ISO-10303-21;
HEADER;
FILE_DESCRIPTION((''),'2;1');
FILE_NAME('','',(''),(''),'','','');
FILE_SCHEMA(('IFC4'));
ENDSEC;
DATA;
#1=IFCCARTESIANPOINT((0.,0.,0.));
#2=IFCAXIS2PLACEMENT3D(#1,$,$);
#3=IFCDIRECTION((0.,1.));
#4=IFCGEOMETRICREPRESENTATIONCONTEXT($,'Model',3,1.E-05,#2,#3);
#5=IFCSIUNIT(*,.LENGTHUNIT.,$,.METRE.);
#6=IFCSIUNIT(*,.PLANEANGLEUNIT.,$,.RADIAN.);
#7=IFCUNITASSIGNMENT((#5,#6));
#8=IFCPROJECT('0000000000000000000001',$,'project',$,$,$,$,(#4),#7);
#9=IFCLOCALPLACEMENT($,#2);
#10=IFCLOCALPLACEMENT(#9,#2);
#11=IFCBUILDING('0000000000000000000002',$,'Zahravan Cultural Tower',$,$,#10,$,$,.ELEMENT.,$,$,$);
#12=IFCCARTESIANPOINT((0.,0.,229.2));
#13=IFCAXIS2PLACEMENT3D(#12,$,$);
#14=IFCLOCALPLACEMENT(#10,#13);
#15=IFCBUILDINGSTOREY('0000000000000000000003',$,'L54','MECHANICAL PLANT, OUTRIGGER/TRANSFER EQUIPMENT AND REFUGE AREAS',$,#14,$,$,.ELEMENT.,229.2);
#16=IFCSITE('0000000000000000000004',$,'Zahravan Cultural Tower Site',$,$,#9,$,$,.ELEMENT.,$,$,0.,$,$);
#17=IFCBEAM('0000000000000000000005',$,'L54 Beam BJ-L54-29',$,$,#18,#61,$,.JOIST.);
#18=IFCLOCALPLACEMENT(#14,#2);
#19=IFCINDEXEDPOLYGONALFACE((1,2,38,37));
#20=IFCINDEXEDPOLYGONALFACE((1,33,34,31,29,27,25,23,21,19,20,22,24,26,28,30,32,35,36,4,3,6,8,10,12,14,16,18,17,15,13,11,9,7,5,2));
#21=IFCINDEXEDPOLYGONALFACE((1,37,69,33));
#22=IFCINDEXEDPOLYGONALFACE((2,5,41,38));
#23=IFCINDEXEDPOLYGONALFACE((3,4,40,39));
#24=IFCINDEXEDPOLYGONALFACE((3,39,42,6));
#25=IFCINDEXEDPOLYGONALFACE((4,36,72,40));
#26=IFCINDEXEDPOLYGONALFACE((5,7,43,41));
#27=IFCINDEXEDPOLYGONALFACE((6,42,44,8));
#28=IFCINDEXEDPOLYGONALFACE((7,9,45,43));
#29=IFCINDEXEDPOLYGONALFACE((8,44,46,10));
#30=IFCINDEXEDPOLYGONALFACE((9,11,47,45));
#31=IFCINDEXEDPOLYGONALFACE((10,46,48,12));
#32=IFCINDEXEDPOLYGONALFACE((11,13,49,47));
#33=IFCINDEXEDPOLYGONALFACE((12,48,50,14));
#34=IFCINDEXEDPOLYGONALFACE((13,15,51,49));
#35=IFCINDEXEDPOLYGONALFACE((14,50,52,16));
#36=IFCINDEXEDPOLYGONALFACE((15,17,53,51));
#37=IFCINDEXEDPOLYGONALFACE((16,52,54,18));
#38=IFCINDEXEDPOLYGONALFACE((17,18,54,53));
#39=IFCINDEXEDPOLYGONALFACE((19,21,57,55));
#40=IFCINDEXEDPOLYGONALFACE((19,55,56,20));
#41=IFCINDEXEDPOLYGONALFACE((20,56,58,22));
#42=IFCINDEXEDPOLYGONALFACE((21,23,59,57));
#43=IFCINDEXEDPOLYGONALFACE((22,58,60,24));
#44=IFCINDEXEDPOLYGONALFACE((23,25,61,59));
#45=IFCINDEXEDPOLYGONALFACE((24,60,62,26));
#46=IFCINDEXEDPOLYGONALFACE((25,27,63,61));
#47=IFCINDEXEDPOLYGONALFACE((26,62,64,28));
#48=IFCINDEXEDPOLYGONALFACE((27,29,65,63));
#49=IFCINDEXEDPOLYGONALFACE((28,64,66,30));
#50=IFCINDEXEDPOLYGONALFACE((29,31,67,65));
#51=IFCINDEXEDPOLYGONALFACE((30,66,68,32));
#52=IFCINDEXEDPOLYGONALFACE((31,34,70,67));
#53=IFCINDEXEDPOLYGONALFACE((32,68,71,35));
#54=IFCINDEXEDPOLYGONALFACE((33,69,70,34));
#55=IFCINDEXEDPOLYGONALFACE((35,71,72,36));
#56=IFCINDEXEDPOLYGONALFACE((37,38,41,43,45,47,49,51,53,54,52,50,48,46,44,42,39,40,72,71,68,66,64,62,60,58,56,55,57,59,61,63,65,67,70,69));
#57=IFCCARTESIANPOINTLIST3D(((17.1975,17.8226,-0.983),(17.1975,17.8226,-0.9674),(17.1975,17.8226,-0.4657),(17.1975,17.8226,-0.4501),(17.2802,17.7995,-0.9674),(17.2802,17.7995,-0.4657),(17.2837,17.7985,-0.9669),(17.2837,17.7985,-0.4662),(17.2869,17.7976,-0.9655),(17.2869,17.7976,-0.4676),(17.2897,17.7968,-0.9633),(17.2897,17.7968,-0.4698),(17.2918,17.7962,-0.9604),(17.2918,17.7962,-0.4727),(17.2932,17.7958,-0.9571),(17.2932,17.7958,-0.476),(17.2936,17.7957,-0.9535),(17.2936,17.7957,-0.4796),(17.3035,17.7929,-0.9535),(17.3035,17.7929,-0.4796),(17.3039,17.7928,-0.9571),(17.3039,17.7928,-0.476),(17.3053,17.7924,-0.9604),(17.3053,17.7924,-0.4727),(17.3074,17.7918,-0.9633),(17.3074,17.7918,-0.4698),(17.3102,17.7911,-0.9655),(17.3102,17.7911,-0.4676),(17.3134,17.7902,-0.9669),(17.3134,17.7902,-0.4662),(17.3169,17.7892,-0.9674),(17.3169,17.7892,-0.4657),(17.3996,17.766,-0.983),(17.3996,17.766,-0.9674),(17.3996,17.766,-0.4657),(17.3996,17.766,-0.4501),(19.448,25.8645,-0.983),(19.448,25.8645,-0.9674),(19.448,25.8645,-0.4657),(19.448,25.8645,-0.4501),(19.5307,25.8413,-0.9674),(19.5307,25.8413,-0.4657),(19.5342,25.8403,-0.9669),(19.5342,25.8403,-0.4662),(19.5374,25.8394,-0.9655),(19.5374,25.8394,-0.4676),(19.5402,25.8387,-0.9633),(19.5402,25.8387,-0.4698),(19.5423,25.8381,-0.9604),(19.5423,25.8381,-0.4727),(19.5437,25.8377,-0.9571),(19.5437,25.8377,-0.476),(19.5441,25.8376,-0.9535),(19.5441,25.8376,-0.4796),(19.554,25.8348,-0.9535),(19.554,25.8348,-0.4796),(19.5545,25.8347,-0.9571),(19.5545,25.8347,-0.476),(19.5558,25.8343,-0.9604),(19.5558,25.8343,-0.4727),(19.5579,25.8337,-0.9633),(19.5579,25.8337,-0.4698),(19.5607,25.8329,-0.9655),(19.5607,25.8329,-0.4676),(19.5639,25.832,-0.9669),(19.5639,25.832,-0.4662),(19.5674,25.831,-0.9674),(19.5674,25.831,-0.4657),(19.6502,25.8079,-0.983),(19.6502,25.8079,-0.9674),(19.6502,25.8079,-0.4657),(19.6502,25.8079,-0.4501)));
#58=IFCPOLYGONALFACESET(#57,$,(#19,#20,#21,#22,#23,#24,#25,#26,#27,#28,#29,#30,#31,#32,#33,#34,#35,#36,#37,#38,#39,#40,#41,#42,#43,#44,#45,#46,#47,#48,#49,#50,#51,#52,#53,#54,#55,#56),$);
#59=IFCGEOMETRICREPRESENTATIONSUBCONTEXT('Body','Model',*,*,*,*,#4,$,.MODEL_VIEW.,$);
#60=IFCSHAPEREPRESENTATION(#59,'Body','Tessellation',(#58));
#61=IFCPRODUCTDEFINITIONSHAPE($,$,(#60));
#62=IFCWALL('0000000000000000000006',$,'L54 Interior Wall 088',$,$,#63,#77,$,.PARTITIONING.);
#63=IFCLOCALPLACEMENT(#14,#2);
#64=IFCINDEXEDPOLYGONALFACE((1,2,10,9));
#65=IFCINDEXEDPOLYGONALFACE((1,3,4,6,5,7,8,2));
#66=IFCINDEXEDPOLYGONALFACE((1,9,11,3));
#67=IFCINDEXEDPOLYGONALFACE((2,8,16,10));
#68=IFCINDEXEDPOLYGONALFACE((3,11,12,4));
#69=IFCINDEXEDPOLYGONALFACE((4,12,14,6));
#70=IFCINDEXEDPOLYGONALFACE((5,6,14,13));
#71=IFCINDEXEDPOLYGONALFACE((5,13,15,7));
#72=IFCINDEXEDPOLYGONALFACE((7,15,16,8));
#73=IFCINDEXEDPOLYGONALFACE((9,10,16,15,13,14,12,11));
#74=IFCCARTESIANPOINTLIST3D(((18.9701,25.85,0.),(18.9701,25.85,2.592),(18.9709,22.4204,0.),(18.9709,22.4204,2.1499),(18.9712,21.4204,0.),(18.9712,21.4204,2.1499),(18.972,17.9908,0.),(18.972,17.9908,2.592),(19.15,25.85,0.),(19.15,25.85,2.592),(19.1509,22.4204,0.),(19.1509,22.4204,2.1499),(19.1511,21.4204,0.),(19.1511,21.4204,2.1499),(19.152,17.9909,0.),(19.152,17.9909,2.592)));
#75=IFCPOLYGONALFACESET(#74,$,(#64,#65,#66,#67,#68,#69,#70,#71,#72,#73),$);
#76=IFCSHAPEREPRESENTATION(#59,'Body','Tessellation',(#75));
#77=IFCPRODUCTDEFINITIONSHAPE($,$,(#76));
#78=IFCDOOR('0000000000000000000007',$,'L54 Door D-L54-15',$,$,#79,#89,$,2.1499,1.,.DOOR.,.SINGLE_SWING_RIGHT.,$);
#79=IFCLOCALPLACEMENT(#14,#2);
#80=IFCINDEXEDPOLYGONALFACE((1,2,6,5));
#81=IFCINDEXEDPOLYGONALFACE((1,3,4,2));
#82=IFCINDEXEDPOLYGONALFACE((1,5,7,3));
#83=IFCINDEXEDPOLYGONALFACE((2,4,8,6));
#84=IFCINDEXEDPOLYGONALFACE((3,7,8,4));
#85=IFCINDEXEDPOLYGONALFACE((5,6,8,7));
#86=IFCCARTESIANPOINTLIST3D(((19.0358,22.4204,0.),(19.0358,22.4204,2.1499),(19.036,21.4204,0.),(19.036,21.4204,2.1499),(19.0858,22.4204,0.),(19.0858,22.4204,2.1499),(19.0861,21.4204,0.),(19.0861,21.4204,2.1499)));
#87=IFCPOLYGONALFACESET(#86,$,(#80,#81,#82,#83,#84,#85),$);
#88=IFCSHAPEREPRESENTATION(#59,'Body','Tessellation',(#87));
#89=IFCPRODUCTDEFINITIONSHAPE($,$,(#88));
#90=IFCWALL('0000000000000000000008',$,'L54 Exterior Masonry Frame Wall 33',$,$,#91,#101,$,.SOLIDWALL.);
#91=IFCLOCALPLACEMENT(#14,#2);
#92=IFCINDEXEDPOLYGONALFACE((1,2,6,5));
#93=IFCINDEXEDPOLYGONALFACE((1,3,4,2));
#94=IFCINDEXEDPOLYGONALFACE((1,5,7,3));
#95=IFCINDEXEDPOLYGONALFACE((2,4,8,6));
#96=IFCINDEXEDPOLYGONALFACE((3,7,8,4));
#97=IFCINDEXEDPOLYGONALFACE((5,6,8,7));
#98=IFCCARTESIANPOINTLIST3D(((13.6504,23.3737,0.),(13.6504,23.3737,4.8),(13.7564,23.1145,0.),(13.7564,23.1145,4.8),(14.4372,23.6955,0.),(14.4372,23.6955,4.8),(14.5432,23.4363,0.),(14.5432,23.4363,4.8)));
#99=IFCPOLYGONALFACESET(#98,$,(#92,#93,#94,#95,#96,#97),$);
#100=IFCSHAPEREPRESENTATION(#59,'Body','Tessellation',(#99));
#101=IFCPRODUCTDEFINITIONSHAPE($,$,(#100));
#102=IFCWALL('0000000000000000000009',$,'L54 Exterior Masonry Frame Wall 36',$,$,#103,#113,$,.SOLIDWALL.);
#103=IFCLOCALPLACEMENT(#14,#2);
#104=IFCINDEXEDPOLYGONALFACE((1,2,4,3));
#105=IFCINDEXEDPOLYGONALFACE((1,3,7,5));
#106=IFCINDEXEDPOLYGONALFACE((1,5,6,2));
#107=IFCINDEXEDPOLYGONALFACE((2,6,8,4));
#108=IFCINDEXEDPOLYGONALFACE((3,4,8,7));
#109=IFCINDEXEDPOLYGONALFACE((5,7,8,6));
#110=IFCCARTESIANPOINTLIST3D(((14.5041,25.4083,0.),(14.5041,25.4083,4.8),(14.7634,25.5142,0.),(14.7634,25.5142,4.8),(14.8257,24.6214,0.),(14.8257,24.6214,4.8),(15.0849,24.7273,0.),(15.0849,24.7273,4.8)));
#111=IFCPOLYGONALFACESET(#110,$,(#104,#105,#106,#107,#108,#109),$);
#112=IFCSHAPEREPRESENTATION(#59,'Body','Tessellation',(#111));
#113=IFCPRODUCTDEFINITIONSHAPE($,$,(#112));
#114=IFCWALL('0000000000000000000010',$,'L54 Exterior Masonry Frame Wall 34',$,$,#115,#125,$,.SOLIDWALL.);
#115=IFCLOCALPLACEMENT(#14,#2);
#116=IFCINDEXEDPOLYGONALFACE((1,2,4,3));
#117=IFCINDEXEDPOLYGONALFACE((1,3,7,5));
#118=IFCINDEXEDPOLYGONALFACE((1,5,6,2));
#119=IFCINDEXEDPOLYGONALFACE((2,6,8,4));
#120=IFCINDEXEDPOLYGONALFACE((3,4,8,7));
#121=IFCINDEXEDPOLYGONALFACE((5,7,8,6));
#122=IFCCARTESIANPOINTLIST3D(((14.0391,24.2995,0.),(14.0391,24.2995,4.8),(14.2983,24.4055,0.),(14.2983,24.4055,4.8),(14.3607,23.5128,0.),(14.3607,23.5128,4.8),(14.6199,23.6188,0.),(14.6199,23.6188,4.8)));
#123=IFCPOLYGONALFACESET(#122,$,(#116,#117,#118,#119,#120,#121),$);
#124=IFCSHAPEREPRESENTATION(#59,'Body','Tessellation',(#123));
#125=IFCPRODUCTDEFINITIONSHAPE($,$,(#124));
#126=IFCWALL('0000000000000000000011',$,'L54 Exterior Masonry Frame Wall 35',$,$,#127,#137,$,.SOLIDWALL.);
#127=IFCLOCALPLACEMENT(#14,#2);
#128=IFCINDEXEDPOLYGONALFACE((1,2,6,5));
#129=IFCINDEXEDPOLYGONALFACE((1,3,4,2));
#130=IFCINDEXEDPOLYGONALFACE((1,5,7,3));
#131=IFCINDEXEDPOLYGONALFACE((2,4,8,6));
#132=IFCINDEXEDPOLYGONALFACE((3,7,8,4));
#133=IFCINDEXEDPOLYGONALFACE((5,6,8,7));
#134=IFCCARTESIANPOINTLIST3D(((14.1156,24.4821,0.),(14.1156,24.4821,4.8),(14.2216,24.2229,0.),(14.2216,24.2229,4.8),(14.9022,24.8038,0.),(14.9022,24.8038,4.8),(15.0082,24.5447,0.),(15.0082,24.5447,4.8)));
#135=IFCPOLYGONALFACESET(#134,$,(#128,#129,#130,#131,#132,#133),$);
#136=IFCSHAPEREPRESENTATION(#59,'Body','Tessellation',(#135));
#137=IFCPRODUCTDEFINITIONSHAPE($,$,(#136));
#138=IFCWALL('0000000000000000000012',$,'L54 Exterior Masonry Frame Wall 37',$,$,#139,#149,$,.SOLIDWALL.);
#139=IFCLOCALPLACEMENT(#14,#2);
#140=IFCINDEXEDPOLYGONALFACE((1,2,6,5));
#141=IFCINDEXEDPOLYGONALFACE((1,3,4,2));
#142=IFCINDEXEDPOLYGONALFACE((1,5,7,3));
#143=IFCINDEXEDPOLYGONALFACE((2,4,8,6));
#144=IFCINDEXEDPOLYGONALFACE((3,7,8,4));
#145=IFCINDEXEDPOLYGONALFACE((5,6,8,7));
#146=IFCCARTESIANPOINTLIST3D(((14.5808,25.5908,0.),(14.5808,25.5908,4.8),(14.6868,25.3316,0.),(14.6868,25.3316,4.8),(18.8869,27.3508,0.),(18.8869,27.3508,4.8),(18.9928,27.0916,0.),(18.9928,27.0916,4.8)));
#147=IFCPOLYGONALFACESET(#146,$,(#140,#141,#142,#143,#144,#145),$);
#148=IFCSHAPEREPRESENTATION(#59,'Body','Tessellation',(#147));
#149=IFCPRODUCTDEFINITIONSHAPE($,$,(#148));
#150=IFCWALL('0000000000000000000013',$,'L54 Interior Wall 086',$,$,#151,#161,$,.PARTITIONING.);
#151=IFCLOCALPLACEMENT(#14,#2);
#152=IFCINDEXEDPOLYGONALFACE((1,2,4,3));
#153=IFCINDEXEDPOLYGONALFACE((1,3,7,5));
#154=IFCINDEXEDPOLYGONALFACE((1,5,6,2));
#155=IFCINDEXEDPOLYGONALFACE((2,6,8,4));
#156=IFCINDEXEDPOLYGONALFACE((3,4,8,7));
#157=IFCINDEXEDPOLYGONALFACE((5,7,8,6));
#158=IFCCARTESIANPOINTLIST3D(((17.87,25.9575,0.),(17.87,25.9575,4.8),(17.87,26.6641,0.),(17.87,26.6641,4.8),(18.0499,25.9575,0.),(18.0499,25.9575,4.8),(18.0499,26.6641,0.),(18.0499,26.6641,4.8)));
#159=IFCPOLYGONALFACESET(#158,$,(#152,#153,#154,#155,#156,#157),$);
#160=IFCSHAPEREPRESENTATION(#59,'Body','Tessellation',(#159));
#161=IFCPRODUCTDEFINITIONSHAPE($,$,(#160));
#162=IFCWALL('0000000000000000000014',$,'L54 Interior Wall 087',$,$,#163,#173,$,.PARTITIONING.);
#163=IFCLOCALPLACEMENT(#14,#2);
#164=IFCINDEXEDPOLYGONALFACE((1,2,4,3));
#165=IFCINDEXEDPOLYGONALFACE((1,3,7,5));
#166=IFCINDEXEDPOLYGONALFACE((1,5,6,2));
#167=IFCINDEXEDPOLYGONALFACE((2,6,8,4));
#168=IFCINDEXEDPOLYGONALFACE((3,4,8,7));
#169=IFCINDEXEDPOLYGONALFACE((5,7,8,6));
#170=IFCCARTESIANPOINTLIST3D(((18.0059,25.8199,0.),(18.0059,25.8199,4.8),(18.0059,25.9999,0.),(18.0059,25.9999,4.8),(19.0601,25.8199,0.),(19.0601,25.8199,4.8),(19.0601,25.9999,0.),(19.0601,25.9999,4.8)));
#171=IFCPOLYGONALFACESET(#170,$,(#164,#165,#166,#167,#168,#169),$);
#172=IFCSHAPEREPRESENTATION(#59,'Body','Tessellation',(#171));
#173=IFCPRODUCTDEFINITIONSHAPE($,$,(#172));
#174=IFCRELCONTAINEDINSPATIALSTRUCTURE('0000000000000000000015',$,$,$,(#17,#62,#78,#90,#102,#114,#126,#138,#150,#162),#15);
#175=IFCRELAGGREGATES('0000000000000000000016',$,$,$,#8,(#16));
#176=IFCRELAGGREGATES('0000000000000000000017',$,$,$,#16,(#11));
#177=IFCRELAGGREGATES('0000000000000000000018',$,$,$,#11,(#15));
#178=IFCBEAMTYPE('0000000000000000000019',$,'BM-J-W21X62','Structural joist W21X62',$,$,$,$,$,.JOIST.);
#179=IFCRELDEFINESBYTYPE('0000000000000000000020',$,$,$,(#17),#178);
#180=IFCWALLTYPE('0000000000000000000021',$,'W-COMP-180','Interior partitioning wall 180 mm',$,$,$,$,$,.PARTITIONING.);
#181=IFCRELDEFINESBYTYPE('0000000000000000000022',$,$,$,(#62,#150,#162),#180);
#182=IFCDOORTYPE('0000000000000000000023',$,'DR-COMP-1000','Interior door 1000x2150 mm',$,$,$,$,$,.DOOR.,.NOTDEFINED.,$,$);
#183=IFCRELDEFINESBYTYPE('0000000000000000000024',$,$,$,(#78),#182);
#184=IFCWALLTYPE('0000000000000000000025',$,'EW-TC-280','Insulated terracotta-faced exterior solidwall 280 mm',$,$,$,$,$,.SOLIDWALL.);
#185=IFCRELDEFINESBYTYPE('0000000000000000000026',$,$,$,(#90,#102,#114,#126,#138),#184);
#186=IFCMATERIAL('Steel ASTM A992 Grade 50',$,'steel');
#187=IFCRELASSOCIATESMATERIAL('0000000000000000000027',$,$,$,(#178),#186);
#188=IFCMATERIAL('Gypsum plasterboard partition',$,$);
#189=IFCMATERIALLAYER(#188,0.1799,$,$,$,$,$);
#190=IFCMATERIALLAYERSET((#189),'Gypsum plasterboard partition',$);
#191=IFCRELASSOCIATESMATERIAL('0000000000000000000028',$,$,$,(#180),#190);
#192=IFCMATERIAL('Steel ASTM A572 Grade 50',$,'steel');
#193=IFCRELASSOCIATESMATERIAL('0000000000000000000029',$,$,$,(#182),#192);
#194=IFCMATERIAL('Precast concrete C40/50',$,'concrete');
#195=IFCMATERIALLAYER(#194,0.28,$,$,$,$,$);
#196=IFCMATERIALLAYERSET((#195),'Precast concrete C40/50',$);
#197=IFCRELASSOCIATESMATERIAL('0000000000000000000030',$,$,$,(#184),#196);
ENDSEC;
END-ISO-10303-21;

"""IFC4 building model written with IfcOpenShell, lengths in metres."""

from ifc_helpers import new_model, si_unit, direction, frame, frame_2d, origin, origin_2d, place, context, subcontext, project, spatial, rectangle, i_section, extrude, source, transform, mapped, material, layer, layer_set, material_profile, profile_set, type_object, element, fill, save


model = new_model("IFC4")

# Units and contexts
model_context = context("Model", 3, precision=1e-05, world=origin(), true_north=direction((0.0, 1.0)))
body_context = subcontext(model_context, "Body", "Model", "MODEL_VIEW")
ifc_project = project(units=[si_unit("LENGTHUNIT", "METRE"), si_unit("PLANEANGLEUNIT", "RADIAN")], contexts=[model_context])

# Site, building, storey
site_placement = place(None, origin())
site = spatial("IfcSite", under=ifc_project, at=site_placement, Name="Zahravan Cultural Tower Site", CompositionType="ELEMENT", RefElevation=0.0)
building_placement = place(site_placement, origin())
building = spatial("IfcBuilding", under=site, at=building_placement, Name="Zahravan Cultural Tower", CompositionType="ELEMENT")
storey_placement = place(building_placement, frame((0.0, 0.0, 229.2)))
storey = spatial("IfcBuildingStorey", under=building, at=storey_placement, Name="L54", Description="MECHANICAL PLANT, OUTRIGGER/TRANSFER EQUIPMENT AND REFUGE AREAS", CompositionType="ELEMENT", Elevation=229.2)

# Beam
ifc_material_1 = material(Name="Steel ASTM A992 Grade 50", Category="steel")
ifc_material_profile_1 = material_profile(ifc_material_1, i_section(OverallWidth=0.21, OverallDepth=0.533, WebThickness=0.0103, FlangeThickness=0.0156, FilletRadius=0.0139, at=origin_2d()), Name="W21X62")
ifc_profile_set_1 = profile_set([ifc_material_profile_1], Name="Steel ASTM A992 Grade 50")
beam_type_1 = type_object("IfcBeamType", Name="BM-J-W21X62", Description="Structural joist W21X62", PredefinedType="JOIST", material=ifc_profile_set_1)
shared_shape_1 = source(origin(), body_context, "Body", "SweptSolid", [
    extrude(i_section(OverallWidth=0.21, OverallDepth=0.533, WebThickness=0.0103, FlangeThickness=0.0156, FilletRadius=0.0139, at=origin_2d()), origin(), (0.0, 0.0, 1.0), 8.3508),
])
beam_1_placement = place(storey_placement, frame((19.5491, 25.8362, -0.7166), z_axis=(-0.269497, -0.963001, 0.0), x_axis=(0.963001, -0.269497, 0.0)))
element("IfcBeam", 1, at=beam_1_placement, inside=storey, type_object=beam_type_1, Name="L54 Beam BJ-L54-29", PredefinedType="JOIST", context=body_context, shape_type="MappedRepresentation", body=[
    mapped(shared_shape_1, transform((0.0, 0.0, 0.0), x_axis=(1.0, 0.0, 0.0), y_axis=(0.0, 1.0, 0.0), z_axis=(0.0, 0.0, 1.0), scale=1.0)),
])

# Wall, opening, door
ifc_material_2 = material(Name="Gypsum plasterboard partition")
ifc_layer_1 = layer(ifc_material_2, 0.1799)
ifc_layer_set_1 = layer_set([ifc_layer_1], Name="Gypsum plasterboard partition")
wall_type_1 = type_object("IfcWallType", Name="W-COMP-180", Description="Interior partitioning wall 180 mm", PredefinedType="PARTITIONING", material=ifc_layer_set_1)
wall_1_placement = place(storey_placement, frame((19.0601, 25.8501, 0.0), z_axis=(0.0, 0.0, 1.0), x_axis=(0.000249, -1.0, 0.0)))
wall_1 = element("IfcWall", 2, at=wall_1_placement, inside=storey, type_object=wall_type_1, Name="L54 Interior Wall 088", PredefinedType="PARTITIONING", context=body_context, shape_type="SweptSolid", body=[
    extrude(rectangle(XDim=7.8591, YDim=0.1799, at=frame_2d((3.9297, 0.0))), origin(), (0.0, 0.0, 1.0), 2.592),
])
opening_placement = place(wall_1_placement, frame((3.4297, 0.0, 0.0)))
opening = element("IfcOpeningElement", 3, at=opening_placement, cuts=wall_1, PredefinedType="OPENING", context=body_context, shape_type="SweptSolid", body=[
    extrude(rectangle(XDim=1.0, YDim=2.1499, at=frame_2d((0.5, 1.075))), frame((0.0, 0.0999, 0.0), z_axis=(0.0, -1.0, 0.0), x_axis=(1.0, 0.0, 0.0)), (0.0, 0.0, 1.0), 0.2),
])
ifc_material_3 = material(Name="Steel ASTM A572 Grade 50", Category="steel")
door_type = type_object("IfcDoorType", Name="DR-COMP-1000", Description="Interior door 1000x2150 mm", OperationType="NOTDEFINED", PredefinedType="DOOR", material=ifc_material_3)
shared_shape_2 = source(origin(), body_context, "Body", "SweptSolid", [
    extrude(rectangle(XDim=1.0, YDim=2.1499, at=frame_2d((0.5, 1.075))), frame((0.0, 0.0249, 0.0), z_axis=(0.0, -1.0, 0.0), x_axis=(1.0, 0.0, 0.0)), (0.0, 0.0, 1.0), 0.05),
])
door_placement = place(opening_placement, origin())
door = element("IfcDoor", 4, at=door_placement, inside=storey, type_object=door_type, Name="L54 Door D-L54-15", OperationType="SINGLE_SWING_RIGHT", OverallHeight=2.1499, OverallWidth=1.0, PredefinedType="DOOR", context=body_context, shape_type="MappedRepresentation", body=[
    mapped(shared_shape_2, transform((0.0, 0.0, 0.0), x_axis=(1.0, 0.0, 0.0), y_axis=(0.0, 1.0, 0.0), z_axis=(0.0, 0.0, 1.0), scale=1.0)),
])
fill(opening, door)

# Walls
ifc_material_4 = material(Name="Precast concrete C40/50", Category="concrete")
ifc_layer_2 = layer(ifc_material_4, 0.28)
ifc_layer_set_2 = layer_set([ifc_layer_2], Name="Precast concrete C40/50")
wall_type_2 = type_object("IfcWallType", Name="EW-TC-280", Description="Insulated terracotta-faced exterior solidwall 280 mm", PredefinedType="SOLIDWALL", material=ifc_layer_set_2)
shared_shape_3 = source(origin(), body_context, "Body", "SweptSolid", [
    extrude(rectangle(XDim=0.8501, YDim=0.28, at=frame_2d((0.425, 0.0))), origin(), (0.0, 0.0, 1.0), 4.8),
])
for number, where, z_axis, x_axis, name in (
    (5, (13.7034, 23.2441, 0.0), (0.0, 0.0, 1.0), (0.925597, 0.37851, 0.0), "L54 Exterior Masonry Frame Wall 33"),
    (6, (14.9553, 24.6743, 0.0), (0.0, 0.0, 1.0), (-0.378264, 0.925698, 0.0), "L54 Exterior Masonry Frame Wall 36"),
):
    element("IfcWall", number, at=place(storey_placement, frame(where, z_axis=z_axis, x_axis=x_axis)), inside=storey, type_object=wall_type_2, Name=name, PredefinedType="SOLIDWALL", context=body_context, shape_type="MappedRepresentation", body=[
        mapped(shared_shape_3, transform((0.0, 0.0, 0.0), x_axis=(1.0, 0.0, 0.0), y_axis=(0.0, 1.0, 0.0), z_axis=(0.0, 0.0, 1.0), scale=1.0)),
    ])
shared_shape_4 = source(origin(), body_context, "Body", "SweptSolid", [
    extrude(rectangle(XDim=0.8499, YDim=0.28, at=frame_2d((0.4248, 0.0))), origin(), (0.0, 0.0, 1.0), 4.8),
])
for number, where, z_axis, x_axis, name in (
    (7, (14.4902, 23.5659, 0.0), (0.0, 0.0, 1.0), (-0.378364, 0.925657, 0.0), "L54 Exterior Masonry Frame Wall 34"),
    (8, (14.1687, 24.3525, 0.0), (0.0, 0.0, 1.0), (0.925556, 0.37861, 0.0), "L54 Exterior Masonry Frame Wall 35"),
):
    element("IfcWall", number, at=place(storey_placement, frame(where, z_axis=z_axis, x_axis=x_axis)), inside=storey, type_object=wall_type_2, Name=name, PredefinedType="SOLIDWALL", context=body_context, shape_type="MappedRepresentation", body=[
        mapped(shared_shape_4, transform((0.0, 0.0, 0.0), x_axis=(1.0, 0.0, 0.0), y_axis=(0.0, 1.0, 0.0), z_axis=(0.0, 0.0, 1.0), scale=1.0)),
    ])
shared_shape_5 = source(origin(), body_context, "Body", "SweptSolid", [
    extrude(rectangle(XDim=4.6519, YDim=0.28, at=frame_2d((2.3259, 0.0))), origin(), (0.0, 0.0, 1.0), 4.8),
])
wall_2_placement = place(storey_placement, frame((14.6338, 25.4612, 0.0), z_axis=(0.0, 0.0, 1.0), x_axis=(0.925667, 0.378339, 0.0)))
element("IfcWall", 9, at=wall_2_placement, inside=storey, type_object=wall_type_2, Name="L54 Exterior Masonry Frame Wall 37", PredefinedType="SOLIDWALL", context=body_context, shape_type="MappedRepresentation", body=[
    mapped(shared_shape_5, transform((0.0, 0.0, 0.0), x_axis=(1.0, 0.0, 0.0), y_axis=(0.0, 1.0, 0.0), z_axis=(0.0, 0.0, 1.0), scale=1.0)),
])
shared_shape_6 = source(origin(), body_context, "Body", "SweptSolid", [
    extrude(rectangle(XDim=0.7065, YDim=0.1799, at=frame_2d((0.3533, 0.0))), origin(), (0.0, 0.0, 1.0), 4.8),
])
wall_3_placement = place(storey_placement, frame((17.96, 26.6641, 0.0), z_axis=(0.0, 0.0, 1.0), x_axis=(0.0, -1.0, 0.0)))
element("IfcWall", 10, at=wall_3_placement, inside=storey, type_object=wall_type_1, Name="L54 Interior Wall 086", PredefinedType="PARTITIONING", context=body_context, shape_type="MappedRepresentation", body=[
    mapped(shared_shape_6, transform((0.0, 0.0, 0.0), x_axis=(1.0, 0.0, 0.0), y_axis=(0.0, 1.0, 0.0), z_axis=(0.0, 0.0, 1.0), scale=1.0)),
])
shared_shape_7 = source(origin(), body_context, "Body", "SweptSolid", [
    extrude(rectangle(XDim=1.0542, YDim=0.1799, at=frame_2d((0.5271, 0.0))), origin(), (0.0, 0.0, 1.0), 4.8),
])
wall_4_placement = place(storey_placement, frame((18.0059, 25.9099, 0.0), z_axis=(0.0, 0.0, 1.0), x_axis=(1.0, 0.0, 0.0)))
element("IfcWall", 11, at=wall_4_placement, inside=storey, type_object=wall_type_1, Name="L54 Interior Wall 087", PredefinedType="PARTITIONING", context=body_context, shape_type="MappedRepresentation", body=[
    mapped(shared_shape_7, transform((0.0, 0.0, 0.0), x_axis=(1.0, 0.0, 0.0), y_axis=(0.0, 1.0, 0.0), z_axis=(0.0, 0.0, 1.0), scale=1.0)),
])

save(model, "model.ifc")
